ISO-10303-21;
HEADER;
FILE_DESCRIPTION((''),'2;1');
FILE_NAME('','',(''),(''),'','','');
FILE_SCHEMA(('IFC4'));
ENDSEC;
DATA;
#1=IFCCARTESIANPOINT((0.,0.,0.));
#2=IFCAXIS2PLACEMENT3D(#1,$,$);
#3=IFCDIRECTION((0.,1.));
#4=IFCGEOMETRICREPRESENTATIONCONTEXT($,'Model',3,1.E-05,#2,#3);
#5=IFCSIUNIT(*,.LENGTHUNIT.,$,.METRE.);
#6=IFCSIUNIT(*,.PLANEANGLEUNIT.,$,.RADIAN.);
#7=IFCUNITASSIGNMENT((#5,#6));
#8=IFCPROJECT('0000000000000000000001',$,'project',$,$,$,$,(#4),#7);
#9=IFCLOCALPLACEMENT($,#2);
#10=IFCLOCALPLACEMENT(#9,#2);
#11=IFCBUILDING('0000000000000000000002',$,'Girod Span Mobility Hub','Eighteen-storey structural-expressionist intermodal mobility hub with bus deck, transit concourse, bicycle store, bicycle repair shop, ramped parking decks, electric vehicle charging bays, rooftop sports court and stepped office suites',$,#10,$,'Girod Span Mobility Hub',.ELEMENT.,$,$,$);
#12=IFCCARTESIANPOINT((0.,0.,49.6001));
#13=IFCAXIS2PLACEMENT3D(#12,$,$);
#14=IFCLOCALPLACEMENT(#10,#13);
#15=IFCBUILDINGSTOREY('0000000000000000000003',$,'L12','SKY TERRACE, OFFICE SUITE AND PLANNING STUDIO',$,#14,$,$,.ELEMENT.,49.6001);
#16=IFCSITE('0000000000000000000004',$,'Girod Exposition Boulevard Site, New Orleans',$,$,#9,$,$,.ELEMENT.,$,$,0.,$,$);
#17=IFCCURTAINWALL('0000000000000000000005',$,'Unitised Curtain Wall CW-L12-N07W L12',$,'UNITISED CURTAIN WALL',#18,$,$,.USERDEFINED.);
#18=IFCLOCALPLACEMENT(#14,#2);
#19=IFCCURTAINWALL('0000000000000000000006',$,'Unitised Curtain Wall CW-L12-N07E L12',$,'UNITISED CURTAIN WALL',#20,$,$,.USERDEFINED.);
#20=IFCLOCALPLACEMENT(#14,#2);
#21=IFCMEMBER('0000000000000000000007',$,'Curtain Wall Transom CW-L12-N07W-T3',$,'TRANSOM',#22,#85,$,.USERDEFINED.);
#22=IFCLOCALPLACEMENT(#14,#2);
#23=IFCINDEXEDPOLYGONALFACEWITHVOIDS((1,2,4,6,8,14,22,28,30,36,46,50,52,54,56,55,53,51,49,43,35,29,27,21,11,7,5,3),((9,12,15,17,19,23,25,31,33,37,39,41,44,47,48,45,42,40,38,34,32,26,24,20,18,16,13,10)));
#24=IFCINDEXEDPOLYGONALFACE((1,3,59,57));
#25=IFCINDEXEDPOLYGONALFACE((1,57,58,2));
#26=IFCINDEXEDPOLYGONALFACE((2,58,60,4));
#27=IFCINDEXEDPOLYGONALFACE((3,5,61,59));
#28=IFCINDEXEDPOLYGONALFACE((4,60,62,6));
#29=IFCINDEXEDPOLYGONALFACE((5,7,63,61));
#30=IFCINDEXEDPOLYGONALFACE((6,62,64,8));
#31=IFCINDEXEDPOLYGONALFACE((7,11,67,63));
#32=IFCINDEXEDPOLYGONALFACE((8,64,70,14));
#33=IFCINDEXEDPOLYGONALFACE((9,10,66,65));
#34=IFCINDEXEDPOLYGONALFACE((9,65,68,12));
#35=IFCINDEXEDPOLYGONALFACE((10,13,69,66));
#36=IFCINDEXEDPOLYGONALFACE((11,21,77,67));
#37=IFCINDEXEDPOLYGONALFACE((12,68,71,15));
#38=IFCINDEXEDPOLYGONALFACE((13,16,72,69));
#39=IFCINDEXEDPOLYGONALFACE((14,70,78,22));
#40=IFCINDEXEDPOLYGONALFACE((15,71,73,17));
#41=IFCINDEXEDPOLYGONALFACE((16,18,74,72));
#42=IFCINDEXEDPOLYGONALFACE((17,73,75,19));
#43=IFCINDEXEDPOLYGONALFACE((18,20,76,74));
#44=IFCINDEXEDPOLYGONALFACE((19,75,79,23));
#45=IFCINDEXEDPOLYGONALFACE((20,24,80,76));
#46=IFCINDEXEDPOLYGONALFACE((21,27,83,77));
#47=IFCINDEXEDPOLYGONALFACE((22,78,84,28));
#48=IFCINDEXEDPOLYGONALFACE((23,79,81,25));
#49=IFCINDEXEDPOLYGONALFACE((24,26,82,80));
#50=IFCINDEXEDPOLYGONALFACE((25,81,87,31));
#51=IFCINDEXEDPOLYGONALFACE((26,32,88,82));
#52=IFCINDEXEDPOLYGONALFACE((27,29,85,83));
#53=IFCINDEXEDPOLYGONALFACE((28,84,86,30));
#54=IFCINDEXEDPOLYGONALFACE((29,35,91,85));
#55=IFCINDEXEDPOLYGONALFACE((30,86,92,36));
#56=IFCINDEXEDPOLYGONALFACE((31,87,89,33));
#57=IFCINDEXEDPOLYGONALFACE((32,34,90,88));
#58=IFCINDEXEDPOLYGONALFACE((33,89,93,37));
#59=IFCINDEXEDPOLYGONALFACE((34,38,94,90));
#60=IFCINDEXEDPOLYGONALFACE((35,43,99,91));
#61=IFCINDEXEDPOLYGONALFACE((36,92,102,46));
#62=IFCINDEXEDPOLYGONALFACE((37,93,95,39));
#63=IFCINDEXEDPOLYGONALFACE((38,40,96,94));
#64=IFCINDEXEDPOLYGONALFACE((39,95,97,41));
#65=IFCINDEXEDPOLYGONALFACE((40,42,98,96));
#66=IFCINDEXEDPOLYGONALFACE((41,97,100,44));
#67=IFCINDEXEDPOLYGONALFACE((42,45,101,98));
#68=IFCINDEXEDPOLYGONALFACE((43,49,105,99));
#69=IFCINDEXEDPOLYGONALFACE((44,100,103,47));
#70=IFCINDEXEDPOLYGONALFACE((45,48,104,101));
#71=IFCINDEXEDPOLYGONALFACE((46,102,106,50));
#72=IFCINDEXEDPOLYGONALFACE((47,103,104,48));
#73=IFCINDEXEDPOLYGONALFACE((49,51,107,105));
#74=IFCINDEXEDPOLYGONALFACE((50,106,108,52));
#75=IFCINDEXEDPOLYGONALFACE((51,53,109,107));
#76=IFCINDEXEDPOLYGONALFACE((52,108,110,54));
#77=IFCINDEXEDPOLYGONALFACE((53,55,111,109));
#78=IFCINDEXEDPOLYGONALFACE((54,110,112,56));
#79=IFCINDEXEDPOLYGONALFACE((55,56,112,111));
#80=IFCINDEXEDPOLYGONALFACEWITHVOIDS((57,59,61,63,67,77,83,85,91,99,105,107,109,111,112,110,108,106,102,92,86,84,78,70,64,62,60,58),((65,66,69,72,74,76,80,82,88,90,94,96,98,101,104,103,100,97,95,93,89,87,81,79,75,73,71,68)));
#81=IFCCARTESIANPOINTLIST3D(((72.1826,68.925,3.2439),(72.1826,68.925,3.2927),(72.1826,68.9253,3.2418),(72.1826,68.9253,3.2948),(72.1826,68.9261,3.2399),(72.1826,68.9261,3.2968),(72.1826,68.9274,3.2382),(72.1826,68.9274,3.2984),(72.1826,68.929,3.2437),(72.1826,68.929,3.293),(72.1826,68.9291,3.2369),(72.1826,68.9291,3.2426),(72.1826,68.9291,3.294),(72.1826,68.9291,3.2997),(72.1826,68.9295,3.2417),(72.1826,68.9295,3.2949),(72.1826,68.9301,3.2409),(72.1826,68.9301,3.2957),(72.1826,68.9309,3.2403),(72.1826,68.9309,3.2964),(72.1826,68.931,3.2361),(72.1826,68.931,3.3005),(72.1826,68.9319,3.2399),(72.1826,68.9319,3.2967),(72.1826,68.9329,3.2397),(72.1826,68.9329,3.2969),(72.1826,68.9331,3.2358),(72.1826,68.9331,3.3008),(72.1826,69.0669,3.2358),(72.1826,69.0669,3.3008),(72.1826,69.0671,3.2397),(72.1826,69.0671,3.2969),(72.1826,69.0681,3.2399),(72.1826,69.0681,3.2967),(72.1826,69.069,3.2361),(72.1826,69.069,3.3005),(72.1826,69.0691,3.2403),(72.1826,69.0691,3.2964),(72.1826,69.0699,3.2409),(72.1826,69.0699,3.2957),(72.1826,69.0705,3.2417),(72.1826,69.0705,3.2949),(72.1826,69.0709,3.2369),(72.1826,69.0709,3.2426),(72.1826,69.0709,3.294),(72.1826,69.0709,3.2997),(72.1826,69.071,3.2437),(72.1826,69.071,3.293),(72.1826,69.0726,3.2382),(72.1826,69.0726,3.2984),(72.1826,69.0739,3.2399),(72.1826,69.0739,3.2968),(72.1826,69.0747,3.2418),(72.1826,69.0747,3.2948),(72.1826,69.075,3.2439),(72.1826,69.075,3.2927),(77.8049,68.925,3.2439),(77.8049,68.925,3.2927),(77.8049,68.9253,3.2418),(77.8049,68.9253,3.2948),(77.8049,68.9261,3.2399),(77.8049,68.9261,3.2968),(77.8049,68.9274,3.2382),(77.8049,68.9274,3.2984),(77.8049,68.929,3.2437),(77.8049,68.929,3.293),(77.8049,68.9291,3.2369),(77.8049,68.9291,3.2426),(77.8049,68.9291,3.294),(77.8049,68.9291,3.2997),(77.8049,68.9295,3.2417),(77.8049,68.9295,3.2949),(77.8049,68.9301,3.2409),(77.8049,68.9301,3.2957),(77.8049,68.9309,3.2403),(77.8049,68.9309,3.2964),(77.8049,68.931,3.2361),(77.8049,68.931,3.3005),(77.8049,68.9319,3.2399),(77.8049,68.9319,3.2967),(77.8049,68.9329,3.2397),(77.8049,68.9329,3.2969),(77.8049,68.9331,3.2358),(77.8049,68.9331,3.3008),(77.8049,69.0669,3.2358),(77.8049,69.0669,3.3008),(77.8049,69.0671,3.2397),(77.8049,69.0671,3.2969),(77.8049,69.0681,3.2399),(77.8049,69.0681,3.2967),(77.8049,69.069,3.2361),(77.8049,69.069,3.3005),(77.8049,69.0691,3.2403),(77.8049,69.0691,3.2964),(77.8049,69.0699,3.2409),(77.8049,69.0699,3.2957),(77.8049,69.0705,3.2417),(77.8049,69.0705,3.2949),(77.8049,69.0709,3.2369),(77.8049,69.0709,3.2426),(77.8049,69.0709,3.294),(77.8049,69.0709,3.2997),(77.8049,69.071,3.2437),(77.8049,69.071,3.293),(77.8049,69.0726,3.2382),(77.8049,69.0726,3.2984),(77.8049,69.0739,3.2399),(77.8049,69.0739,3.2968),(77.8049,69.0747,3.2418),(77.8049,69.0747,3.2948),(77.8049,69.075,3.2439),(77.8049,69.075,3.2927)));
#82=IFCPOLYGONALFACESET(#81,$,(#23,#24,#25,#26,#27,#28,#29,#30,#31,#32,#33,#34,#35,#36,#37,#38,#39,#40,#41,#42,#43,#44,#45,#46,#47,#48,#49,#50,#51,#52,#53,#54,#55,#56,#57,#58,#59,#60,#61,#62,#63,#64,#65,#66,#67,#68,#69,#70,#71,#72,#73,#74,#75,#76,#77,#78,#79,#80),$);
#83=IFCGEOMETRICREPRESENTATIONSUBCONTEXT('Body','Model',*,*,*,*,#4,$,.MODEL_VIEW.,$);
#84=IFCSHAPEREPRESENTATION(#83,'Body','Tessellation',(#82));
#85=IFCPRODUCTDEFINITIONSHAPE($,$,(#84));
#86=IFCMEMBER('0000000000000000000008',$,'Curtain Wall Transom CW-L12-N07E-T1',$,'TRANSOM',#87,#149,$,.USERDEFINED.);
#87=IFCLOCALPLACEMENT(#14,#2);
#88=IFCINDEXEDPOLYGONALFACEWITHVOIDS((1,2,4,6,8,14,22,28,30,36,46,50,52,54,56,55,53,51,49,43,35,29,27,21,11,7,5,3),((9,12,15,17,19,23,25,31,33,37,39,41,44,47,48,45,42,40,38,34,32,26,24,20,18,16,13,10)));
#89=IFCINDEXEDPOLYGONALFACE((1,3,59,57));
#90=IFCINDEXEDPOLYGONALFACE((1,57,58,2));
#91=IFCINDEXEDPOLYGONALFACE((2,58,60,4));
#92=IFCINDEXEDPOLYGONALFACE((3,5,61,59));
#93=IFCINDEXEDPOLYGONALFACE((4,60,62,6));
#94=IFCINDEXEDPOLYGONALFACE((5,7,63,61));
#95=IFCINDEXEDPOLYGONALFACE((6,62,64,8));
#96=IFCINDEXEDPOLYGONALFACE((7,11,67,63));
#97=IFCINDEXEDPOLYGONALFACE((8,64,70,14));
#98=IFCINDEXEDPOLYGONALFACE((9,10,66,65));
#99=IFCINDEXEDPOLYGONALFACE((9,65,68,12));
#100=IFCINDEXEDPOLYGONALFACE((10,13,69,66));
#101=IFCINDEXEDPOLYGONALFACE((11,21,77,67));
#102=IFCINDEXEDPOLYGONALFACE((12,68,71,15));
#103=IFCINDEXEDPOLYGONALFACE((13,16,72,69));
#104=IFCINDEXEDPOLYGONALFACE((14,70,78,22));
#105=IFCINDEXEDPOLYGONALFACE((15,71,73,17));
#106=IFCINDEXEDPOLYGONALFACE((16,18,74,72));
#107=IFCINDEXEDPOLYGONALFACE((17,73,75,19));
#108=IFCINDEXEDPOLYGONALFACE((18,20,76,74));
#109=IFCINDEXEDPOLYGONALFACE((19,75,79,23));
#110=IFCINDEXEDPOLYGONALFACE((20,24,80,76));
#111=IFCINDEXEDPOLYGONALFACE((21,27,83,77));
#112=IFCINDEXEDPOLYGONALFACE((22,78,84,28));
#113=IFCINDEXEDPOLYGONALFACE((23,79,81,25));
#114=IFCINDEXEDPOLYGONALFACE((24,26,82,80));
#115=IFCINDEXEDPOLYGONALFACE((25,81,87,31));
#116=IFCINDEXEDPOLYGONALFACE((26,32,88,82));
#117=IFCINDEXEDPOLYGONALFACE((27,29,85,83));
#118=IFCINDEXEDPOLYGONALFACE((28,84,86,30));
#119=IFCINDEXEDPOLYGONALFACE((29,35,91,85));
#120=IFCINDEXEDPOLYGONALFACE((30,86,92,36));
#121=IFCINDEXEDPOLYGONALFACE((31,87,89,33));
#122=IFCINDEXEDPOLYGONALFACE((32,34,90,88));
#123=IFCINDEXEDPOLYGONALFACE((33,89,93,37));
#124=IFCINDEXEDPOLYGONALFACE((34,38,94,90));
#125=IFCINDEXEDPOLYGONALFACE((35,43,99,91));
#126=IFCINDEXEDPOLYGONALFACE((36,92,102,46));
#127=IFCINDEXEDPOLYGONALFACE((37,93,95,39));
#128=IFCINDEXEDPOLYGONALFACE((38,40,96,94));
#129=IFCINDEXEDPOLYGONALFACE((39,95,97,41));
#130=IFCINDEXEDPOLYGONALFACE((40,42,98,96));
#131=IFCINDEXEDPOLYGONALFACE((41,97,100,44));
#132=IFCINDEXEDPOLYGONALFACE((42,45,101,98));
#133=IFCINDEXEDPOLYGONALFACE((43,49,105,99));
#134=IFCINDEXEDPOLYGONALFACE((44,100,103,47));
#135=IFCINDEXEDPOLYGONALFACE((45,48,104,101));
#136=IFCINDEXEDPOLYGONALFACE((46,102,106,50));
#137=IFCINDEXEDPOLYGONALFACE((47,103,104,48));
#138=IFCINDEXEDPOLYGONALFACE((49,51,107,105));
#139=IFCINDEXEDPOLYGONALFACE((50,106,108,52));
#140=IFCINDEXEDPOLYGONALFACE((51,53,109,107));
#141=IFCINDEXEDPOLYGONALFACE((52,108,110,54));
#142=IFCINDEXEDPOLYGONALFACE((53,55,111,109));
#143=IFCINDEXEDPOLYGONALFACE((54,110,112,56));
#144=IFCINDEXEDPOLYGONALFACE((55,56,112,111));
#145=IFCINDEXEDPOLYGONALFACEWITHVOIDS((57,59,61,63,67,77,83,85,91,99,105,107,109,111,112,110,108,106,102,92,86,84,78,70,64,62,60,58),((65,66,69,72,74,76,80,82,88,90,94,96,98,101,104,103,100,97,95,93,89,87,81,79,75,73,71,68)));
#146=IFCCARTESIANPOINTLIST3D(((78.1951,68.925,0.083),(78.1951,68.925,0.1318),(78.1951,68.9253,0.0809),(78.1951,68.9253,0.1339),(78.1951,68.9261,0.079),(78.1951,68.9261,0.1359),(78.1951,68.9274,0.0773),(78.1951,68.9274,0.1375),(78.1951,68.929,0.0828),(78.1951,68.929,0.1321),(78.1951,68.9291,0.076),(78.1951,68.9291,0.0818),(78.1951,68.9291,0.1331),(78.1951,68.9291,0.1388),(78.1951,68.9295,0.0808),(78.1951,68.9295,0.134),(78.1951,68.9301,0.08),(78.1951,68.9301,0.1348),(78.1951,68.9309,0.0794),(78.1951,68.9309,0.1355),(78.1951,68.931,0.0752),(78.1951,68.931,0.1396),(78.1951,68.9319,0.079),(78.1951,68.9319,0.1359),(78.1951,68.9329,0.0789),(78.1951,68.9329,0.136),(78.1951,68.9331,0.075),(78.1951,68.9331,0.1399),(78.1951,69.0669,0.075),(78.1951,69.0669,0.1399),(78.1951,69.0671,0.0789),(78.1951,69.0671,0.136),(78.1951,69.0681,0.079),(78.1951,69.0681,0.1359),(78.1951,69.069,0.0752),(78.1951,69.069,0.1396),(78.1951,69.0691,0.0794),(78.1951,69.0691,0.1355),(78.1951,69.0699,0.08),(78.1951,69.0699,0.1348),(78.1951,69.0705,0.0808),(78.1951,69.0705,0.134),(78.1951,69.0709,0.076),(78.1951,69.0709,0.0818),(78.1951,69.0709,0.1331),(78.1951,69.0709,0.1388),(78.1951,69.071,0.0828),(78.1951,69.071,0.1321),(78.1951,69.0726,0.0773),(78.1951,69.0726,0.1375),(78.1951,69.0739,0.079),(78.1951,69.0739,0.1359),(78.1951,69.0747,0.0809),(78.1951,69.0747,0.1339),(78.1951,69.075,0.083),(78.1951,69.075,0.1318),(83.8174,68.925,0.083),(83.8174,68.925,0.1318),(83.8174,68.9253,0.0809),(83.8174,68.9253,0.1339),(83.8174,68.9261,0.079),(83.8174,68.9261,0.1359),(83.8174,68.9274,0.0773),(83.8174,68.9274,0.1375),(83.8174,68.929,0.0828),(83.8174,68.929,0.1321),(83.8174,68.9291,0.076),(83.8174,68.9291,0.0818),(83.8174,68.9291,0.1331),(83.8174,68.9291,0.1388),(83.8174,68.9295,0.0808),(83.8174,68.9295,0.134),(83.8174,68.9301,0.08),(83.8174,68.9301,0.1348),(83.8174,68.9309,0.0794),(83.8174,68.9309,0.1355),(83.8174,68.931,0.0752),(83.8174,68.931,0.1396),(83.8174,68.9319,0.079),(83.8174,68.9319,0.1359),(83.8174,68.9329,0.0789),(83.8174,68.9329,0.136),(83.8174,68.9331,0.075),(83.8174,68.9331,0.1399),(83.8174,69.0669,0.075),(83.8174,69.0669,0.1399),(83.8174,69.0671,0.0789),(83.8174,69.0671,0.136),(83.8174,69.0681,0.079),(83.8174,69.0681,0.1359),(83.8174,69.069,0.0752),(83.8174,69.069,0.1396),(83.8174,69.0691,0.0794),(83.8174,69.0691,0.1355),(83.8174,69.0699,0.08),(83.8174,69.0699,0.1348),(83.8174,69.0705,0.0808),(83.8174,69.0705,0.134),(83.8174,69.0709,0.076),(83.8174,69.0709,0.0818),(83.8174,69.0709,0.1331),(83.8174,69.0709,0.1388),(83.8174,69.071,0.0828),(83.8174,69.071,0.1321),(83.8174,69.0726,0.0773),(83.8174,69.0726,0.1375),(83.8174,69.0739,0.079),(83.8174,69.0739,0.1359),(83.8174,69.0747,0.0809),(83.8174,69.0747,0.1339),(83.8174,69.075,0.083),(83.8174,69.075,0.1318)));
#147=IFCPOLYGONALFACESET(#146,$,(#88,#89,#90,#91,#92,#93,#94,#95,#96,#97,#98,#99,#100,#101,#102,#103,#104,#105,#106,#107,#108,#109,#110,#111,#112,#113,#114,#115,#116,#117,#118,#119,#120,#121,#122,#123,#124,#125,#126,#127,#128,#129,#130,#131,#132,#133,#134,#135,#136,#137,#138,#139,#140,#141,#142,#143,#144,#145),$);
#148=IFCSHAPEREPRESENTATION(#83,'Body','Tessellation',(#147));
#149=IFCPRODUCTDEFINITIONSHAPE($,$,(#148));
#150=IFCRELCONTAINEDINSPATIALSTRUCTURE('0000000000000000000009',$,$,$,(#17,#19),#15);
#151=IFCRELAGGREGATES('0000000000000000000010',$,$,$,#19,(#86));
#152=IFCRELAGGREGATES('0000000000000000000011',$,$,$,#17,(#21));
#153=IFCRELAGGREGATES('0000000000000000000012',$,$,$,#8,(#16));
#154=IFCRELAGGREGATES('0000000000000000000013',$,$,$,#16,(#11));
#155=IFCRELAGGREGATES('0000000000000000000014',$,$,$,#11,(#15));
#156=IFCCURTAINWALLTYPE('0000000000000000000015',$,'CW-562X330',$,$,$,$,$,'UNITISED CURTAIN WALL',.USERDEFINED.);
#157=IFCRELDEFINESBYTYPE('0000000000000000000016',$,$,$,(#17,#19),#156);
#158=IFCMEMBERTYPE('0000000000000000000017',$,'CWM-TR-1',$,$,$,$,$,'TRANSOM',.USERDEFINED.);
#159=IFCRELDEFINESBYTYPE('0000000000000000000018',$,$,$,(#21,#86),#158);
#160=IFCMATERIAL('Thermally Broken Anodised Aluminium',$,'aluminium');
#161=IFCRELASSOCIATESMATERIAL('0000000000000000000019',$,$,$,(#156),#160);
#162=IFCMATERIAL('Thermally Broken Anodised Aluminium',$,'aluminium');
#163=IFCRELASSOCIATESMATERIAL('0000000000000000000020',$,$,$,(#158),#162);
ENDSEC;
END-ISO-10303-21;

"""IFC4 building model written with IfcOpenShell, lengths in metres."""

from ifc_helpers import new_model, si_unit, direction, frame, origin, origin_2d, place, context, subcontext, project, spatial, hollow_rectangle, extrude, material, material_profile, profile_set, type_object, element, aggregate, save


model = new_model("IFC4")

# Units and contexts
model_context = context("Model", 3, precision=1e-05, world=origin(), true_north=direction((0.0, 1.0)))
body_context = subcontext(model_context, "Body", "Model", "MODEL_VIEW")
ifc_project = project(units=[si_unit("LENGTHUNIT", "METRE"), si_unit("PLANEANGLEUNIT", "RADIAN")], contexts=[model_context])

# Site, building, storey
site_placement = place(None, origin())
site = spatial("IfcSite", under=ifc_project, at=site_placement, Name="Girod Exposition Boulevard Site, New Orleans", CompositionType="ELEMENT", RefElevation=0.0)
building_placement = place(site_placement, origin())
building = spatial("IfcBuilding", under=site, at=building_placement, Name="Girod Span Mobility Hub", Description="Eighteen-storey structural-expressionist intermodal mobility hub with bus deck, transit concourse, bicycle store, bicycle repair shop, ramped parking decks, electric vehicle charging bays, rooftop sports court and stepped office suites", LongName="Girod Span Mobility Hub", CompositionType="ELEMENT")
storey_placement = place(building_placement, frame((0.0, 0.0, 49.6001)))
storey = spatial("IfcBuildingStorey", under=building, at=storey_placement, Name="L12", Description="SKY TERRACE, OFFICE SUITE AND PLANNING STUDIO", CompositionType="ELEMENT", Elevation=49.6001)

# Curtain wall
ifc_material_1 = material(Name="Thermally Broken Anodised Aluminium", Category="aluminium")
curtain_wall_type = type_object("IfcCurtainWallType", Name="CW-562X330", ElementType="UNITISED CURTAIN WALL", PredefinedType="USERDEFINED", material=ifc_material_1)
curtain_wall_1_placement = place(storey_placement, origin())
curtain_wall_1 = element("IfcCurtainWall", 1, at=curtain_wall_1_placement, inside=storey, type_object=curtain_wall_type, Name="Unitised Curtain Wall CW-L12-N07W L12", ObjectType="UNITISED CURTAIN WALL", PredefinedType="USERDEFINED")

# Curtain wall
curtain_wall_2_placement = place(storey_placement, origin())
curtain_wall_2 = element("IfcCurtainWall", 2, at=curtain_wall_2_placement, inside=storey, type_object=curtain_wall_type, Name="Unitised Curtain Wall CW-L12-N07E L12", ObjectType="UNITISED CURTAIN WALL", PredefinedType="USERDEFINED")

# Members
ifc_material_2 = material(Name="Thermally Broken Anodised Aluminium", Category="aluminium")
ifc_material_profile_1 = material_profile(ifc_material_2, hollow_rectangle(XDim=0.1499, YDim=0.0649, WallThickness=0.0039, InnerFilletRadius=0.0039, OuterFilletRadius=0.0081, at=origin_2d()), Name="CW-TR-65X150")
ifc_profile_set_1 = profile_set([ifc_material_profile_1], Name="Thermally Broken Anodised Aluminium")
member_type_1 = type_object("IfcMemberType", Name="CWM-TR-1", ElementType="TRANSOM", PredefinedType="USERDEFINED", material=ifc_profile_set_1)
member_1_placement = place(storey_placement, frame((72.1826, 69.0, 3.2683), z_axis=(1.0, 0.0, 0.0), x_axis=(0.0, 1.0, 0.0)))
member_1 = element("IfcMember", 3, at=member_1_placement, type_object=member_type_1, Name="Curtain Wall Transom CW-L12-N07W-T3", ObjectType="TRANSOM", PredefinedType="USERDEFINED", context=body_context, shape_type="SweptSolid", body=[
    extrude(hollow_rectangle(XDim=0.1499, YDim=0.0649, WallThickness=0.0039, InnerFilletRadius=0.0039, OuterFilletRadius=0.0081, at=origin_2d()), origin(), (0.0, 0.0, 1.0), 5.6223),
])
member_2_placement = place(storey_placement, frame((78.1951, 69.0, 0.1074), z_axis=(1.0, 0.0, 0.0), x_axis=(0.0, 1.0, 0.0)))
member_2 = element("IfcMember", 4, at=member_2_placement, type_object=member_type_1, Name="Curtain Wall Transom CW-L12-N07E-T1", ObjectType="TRANSOM", PredefinedType="USERDEFINED", context=body_context, shape_type="SweptSolid", body=[
    extrude(hollow_rectangle(XDim=0.1499, YDim=0.0649, WallThickness=0.0039, InnerFilletRadius=0.0039, OuterFilletRadius=0.0081, at=origin_2d()), origin(), (0.0, 0.0, 1.0), 5.6223),
])
aggregate(curtain_wall_2, [member_2])

aggregate(curtain_wall_1, [member_1])

save(model, "model.ifc")
